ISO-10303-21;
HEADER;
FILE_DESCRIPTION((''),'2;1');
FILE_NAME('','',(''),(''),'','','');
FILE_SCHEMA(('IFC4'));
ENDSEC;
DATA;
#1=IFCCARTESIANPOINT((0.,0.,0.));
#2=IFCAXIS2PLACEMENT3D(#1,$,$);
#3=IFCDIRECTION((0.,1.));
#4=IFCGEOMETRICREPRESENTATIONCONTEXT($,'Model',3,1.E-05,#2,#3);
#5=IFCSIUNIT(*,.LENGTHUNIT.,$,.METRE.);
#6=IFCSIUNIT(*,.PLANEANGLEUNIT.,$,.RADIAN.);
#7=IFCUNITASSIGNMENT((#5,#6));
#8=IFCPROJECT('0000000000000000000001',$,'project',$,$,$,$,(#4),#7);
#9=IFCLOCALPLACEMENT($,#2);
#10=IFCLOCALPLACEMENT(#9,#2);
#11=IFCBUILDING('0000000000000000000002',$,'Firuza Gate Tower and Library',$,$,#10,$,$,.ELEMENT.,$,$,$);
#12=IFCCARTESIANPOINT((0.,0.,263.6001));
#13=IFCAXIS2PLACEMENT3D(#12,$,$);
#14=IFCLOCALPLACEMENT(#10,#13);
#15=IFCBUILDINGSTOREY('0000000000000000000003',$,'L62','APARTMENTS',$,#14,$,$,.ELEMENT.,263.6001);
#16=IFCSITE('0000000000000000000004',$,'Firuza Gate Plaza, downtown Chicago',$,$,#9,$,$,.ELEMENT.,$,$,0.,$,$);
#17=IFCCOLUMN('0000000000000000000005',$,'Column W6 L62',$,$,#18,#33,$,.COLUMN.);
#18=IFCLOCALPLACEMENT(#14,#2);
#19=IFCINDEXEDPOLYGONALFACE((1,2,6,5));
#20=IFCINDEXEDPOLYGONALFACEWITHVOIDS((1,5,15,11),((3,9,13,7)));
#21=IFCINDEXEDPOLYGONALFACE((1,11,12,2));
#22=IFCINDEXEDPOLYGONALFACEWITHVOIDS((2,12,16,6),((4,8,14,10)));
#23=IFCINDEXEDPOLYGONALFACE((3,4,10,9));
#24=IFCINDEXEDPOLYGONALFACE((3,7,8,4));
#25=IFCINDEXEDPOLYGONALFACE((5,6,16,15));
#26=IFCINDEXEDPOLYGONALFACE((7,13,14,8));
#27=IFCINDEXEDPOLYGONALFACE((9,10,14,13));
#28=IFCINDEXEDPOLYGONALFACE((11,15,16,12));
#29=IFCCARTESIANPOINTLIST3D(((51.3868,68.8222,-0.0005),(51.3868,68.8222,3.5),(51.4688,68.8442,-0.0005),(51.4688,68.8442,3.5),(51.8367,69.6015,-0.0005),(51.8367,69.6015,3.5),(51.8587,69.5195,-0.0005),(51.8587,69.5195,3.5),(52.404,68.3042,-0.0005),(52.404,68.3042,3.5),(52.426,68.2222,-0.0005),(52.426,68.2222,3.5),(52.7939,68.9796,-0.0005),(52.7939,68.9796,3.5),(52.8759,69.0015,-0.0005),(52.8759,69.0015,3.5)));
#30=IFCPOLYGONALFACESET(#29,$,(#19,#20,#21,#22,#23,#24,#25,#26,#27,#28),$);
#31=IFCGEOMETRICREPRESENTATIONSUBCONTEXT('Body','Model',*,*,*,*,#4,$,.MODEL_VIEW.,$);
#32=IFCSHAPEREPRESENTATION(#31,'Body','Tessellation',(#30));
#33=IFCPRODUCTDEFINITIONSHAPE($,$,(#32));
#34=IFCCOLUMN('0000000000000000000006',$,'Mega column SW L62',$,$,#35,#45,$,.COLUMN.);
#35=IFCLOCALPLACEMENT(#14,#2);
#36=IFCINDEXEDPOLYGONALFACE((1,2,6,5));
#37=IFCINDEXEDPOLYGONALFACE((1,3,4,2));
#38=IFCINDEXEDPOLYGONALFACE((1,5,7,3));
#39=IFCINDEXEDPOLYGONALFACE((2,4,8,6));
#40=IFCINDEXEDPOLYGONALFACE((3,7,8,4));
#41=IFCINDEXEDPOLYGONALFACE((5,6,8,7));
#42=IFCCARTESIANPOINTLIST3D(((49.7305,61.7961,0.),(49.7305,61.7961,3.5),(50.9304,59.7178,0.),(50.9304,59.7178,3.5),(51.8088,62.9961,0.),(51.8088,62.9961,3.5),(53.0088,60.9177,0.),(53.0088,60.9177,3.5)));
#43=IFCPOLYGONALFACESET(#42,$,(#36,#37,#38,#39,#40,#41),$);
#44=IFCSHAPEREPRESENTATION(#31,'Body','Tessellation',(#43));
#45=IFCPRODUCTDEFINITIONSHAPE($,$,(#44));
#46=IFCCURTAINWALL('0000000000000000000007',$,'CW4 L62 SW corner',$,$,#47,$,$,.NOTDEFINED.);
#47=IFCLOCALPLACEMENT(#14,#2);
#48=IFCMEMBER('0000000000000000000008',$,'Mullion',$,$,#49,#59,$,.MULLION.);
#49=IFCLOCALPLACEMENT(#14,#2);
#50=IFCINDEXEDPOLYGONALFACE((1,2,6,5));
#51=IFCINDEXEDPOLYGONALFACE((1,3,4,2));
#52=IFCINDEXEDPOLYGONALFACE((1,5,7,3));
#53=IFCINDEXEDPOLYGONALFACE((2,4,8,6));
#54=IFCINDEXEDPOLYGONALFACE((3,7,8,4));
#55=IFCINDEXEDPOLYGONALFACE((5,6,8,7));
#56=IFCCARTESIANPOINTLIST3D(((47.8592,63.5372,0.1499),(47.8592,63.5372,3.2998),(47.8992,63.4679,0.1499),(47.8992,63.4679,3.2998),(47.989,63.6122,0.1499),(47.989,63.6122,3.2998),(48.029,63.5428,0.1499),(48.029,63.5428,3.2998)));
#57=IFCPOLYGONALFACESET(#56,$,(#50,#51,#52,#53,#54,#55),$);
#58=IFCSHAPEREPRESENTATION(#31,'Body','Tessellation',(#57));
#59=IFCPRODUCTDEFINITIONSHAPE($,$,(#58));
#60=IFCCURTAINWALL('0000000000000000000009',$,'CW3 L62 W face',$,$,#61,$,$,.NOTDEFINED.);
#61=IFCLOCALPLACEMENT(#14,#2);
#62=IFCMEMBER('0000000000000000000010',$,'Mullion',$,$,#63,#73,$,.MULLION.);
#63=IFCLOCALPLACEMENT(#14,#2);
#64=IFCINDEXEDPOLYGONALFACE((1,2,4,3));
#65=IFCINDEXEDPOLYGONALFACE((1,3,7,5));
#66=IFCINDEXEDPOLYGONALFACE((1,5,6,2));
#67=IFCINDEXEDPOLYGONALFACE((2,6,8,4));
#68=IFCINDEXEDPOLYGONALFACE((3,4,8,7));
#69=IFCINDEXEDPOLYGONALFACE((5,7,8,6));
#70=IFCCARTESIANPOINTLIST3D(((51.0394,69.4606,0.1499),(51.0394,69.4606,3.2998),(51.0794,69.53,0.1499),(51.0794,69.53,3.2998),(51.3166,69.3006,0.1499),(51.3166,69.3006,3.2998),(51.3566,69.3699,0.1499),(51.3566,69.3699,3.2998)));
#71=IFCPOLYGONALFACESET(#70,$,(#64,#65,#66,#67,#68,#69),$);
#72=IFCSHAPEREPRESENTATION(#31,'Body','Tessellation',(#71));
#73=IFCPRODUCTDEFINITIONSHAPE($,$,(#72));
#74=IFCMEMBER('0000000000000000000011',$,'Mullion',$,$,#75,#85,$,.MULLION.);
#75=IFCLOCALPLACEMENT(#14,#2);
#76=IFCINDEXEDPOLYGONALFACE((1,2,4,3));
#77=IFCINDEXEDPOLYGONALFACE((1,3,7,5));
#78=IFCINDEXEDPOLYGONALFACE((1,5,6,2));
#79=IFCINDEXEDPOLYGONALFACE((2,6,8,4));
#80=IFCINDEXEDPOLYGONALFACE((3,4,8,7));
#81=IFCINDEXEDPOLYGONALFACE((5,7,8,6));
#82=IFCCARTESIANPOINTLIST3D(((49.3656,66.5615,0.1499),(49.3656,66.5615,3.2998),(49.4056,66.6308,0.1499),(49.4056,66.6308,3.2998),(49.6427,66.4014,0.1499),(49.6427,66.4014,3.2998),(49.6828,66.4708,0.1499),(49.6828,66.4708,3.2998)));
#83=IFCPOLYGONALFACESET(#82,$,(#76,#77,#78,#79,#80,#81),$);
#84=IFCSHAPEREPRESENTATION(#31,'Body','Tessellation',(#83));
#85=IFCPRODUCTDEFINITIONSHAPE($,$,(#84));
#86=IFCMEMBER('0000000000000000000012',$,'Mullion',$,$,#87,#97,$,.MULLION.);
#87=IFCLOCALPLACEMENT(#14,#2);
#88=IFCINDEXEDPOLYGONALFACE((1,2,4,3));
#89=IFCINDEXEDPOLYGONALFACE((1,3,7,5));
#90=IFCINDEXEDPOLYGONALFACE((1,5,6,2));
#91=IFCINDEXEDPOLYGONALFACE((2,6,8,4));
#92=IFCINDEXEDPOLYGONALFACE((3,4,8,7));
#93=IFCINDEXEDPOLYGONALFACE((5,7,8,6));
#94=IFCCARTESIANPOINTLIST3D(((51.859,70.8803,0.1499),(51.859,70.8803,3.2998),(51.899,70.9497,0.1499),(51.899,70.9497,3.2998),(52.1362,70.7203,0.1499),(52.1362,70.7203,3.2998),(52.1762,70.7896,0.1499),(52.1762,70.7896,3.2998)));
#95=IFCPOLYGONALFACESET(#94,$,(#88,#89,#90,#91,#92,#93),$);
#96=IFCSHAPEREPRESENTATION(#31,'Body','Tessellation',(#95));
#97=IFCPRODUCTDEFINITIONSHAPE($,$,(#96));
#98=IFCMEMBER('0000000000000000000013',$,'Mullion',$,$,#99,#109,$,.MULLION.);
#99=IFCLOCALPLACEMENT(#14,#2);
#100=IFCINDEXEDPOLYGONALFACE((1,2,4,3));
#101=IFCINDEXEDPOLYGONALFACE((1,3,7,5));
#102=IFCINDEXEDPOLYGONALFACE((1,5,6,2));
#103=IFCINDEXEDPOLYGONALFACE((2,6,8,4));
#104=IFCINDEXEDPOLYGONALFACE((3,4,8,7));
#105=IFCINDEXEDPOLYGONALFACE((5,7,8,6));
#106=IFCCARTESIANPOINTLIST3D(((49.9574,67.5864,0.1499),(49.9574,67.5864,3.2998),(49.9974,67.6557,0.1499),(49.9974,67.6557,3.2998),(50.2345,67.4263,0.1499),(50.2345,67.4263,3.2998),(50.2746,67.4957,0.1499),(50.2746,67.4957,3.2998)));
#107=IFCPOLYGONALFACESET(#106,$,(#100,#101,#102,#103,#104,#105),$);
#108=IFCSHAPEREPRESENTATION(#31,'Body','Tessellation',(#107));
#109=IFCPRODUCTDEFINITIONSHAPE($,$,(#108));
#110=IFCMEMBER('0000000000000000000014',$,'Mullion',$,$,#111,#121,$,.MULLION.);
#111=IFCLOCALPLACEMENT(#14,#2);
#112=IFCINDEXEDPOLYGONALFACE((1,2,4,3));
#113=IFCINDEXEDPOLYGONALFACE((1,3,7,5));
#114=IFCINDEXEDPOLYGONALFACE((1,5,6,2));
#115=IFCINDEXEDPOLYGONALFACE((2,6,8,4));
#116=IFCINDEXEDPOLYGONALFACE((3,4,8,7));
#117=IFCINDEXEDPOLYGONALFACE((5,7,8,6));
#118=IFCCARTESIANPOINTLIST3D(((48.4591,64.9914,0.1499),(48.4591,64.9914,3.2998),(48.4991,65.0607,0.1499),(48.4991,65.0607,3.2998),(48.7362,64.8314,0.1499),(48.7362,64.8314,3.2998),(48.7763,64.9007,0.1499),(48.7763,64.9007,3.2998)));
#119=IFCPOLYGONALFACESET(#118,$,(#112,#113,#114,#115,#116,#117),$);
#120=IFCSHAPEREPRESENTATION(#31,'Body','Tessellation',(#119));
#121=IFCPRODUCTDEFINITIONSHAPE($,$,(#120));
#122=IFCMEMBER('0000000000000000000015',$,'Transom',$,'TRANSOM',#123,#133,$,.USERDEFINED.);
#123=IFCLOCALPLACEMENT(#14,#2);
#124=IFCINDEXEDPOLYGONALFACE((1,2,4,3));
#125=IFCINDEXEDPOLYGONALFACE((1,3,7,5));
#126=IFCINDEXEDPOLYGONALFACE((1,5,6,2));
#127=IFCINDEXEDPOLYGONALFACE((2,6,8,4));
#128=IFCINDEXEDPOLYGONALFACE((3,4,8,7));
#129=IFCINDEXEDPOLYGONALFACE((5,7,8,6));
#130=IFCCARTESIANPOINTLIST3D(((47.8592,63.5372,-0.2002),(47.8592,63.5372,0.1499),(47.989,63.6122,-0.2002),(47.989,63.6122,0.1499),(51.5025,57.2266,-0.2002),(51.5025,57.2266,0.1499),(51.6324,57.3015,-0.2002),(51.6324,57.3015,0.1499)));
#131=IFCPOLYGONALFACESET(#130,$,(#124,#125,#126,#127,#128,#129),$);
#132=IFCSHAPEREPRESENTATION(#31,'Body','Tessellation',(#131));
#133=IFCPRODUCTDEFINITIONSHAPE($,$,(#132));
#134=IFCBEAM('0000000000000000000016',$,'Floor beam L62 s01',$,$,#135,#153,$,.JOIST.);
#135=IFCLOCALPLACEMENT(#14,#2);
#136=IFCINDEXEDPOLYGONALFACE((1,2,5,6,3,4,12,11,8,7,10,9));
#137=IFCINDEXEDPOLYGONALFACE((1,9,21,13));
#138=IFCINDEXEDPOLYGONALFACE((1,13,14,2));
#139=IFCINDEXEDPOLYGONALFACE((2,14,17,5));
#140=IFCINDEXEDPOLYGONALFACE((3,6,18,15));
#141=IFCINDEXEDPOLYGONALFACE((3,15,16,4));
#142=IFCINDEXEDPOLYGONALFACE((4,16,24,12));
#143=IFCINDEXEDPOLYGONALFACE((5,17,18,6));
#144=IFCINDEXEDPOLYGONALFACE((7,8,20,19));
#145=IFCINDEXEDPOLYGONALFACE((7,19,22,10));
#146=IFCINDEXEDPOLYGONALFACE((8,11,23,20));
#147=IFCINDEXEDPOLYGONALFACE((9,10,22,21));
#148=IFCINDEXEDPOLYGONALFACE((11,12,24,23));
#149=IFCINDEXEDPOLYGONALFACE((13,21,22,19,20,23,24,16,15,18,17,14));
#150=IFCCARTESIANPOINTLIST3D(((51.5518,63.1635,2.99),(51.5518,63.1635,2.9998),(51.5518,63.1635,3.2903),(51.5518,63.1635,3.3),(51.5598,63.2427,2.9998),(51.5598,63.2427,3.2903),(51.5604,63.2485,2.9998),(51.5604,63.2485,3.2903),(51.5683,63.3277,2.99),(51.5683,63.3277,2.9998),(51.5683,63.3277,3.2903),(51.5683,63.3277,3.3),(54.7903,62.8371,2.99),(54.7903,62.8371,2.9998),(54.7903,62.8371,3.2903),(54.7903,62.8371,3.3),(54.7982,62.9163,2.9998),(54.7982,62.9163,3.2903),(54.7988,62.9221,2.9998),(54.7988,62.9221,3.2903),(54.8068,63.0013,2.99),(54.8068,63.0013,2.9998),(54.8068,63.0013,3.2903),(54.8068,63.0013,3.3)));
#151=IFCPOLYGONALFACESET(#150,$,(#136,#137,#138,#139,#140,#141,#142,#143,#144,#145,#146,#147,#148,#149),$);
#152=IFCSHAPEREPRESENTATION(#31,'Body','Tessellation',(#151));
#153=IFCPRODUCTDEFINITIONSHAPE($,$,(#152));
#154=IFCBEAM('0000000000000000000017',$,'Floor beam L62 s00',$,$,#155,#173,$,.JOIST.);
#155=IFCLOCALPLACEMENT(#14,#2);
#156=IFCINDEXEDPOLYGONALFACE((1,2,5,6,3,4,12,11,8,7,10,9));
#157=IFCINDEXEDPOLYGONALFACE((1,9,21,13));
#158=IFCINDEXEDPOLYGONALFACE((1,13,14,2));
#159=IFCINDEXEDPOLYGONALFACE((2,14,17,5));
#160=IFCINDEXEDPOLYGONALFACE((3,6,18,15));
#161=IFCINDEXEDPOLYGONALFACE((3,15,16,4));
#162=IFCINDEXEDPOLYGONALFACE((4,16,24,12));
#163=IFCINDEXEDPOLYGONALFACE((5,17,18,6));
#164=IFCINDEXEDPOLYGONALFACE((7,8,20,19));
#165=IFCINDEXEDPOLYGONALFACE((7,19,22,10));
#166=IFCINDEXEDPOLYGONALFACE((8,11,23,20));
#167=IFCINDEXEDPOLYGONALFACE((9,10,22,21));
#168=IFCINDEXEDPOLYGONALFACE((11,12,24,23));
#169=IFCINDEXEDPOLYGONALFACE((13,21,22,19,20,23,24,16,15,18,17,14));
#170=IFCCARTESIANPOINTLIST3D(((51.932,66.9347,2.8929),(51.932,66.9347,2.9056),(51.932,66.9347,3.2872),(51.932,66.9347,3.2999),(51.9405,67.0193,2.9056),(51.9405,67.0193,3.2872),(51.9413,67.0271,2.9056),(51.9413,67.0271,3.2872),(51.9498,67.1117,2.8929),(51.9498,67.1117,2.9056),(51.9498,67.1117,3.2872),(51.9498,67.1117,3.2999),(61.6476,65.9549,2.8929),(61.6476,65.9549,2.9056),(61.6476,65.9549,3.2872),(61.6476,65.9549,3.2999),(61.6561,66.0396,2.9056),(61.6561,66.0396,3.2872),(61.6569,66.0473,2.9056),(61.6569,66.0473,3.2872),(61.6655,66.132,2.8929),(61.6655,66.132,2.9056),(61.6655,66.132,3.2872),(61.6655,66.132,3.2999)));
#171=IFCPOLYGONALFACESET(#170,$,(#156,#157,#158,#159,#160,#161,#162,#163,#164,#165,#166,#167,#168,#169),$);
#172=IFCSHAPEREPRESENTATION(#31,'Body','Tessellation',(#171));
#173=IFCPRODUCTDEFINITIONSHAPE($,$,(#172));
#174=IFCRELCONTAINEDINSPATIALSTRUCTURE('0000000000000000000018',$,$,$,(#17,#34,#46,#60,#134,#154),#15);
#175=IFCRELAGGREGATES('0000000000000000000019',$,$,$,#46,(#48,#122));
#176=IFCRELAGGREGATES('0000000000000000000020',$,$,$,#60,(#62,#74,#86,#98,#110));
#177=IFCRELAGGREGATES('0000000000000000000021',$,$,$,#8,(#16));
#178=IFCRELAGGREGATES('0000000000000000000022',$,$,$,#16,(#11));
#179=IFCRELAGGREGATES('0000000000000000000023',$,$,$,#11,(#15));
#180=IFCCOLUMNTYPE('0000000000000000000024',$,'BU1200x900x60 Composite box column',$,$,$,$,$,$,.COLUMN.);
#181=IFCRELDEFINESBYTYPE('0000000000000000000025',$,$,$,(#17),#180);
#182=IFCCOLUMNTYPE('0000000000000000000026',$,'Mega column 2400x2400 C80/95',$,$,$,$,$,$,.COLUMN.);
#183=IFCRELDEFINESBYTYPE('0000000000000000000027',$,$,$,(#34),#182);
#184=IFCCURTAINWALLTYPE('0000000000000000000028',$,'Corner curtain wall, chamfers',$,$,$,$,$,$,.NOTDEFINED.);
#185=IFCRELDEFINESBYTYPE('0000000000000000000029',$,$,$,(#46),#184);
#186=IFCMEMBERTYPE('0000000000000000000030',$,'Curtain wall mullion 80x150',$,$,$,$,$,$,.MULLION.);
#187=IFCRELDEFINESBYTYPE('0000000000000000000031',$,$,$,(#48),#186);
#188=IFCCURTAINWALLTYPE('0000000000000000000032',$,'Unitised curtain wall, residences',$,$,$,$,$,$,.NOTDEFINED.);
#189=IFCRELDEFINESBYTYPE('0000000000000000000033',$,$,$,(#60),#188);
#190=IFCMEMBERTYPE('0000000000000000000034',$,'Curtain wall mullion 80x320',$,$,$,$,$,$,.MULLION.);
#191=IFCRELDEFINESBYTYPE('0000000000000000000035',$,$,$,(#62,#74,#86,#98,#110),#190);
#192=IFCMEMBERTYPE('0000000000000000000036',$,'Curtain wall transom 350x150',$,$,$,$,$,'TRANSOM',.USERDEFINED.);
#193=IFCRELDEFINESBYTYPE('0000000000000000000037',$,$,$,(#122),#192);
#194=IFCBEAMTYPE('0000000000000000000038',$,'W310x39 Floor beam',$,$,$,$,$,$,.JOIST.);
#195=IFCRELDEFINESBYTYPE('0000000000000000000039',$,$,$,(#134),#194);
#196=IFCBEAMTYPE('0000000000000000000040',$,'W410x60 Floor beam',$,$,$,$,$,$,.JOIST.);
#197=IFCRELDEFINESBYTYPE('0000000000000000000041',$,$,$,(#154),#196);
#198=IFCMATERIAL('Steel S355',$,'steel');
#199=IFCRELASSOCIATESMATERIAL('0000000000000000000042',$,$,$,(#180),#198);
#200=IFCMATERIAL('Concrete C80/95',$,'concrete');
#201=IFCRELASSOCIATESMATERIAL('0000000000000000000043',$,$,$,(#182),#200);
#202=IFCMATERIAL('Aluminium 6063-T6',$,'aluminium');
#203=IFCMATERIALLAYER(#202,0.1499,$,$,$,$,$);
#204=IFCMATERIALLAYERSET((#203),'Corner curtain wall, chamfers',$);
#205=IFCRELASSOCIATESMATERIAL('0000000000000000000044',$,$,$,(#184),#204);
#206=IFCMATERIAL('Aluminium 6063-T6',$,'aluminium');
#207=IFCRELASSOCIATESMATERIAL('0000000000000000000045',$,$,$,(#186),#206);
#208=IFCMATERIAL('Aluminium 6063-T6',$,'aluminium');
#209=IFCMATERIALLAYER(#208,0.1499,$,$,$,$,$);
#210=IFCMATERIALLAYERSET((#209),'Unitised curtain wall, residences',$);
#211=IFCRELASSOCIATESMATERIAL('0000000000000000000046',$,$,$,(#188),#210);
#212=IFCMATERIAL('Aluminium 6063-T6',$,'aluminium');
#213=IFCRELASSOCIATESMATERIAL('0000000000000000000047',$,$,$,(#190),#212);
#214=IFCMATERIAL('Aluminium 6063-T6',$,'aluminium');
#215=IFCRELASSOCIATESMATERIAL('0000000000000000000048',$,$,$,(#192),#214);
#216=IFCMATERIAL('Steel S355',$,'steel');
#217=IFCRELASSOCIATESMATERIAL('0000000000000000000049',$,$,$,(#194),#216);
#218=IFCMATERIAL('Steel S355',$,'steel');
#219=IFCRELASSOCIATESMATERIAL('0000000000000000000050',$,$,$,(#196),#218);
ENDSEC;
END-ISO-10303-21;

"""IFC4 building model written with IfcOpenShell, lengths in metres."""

from ifc_helpers import new_model, si_unit, direction, frame, origin, origin_2d, place, context, subcontext, project, spatial, rectangle, hollow_rectangle, i_section, extrude, material, layer, layer_set, material_profile, profile_set, type_object, element, aggregate, save


model = new_model("IFC4")

# Units and contexts
model_context = context("Model", 3, precision=1e-05, world=origin(), true_north=direction((0.0, 1.0)))
body_context = subcontext(model_context, "Body", "Model", "MODEL_VIEW")
ifc_project = project(units=[si_unit("LENGTHUNIT", "METRE"), si_unit("PLANEANGLEUNIT", "RADIAN")], contexts=[model_context])

# Site, building, storey
site_placement = place(None, origin())
site = spatial("IfcSite", under=ifc_project, at=site_placement, Name="Firuza Gate Plaza, downtown Chicago", CompositionType="ELEMENT", RefElevation=0.0)
building_placement = place(site_placement, origin())
building = spatial("IfcBuilding", under=site, at=building_placement, Name="Firuza Gate Tower and Library", CompositionType="ELEMENT")
storey_placement = place(building_placement, frame((0.0, 0.0, 263.6001)))
storey = spatial("IfcBuildingStorey", under=building, at=storey_placement, Name="L62", Description="APARTMENTS", CompositionType="ELEMENT", Elevation=263.6001)

# Columns
ifc_material_1 = material(Name="Steel S355", Category="steel")
ifc_material_profile_1 = material_profile(ifc_material_1, hollow_rectangle(XDim=0.8999, YDim=1.2, WallThickness=0.0601, at=origin_2d()))
ifc_profile_set_1 = profile_set([ifc_material_profile_1], Name="Steel S355")
column_type_1 = type_object("IfcColumnType", Name="BU1200x900x60 Composite box column", PredefinedType="COLUMN", material=ifc_profile_set_1)
column_1_placement = place(storey_placement, frame((52.1313, 68.9119, -0.0005), z_axis=(0.0, 0.0, 1.0), x_axis=(-0.5, -0.866025, 0.0)))
element("IfcColumn", 1, at=column_1_placement, inside=storey, type_object=column_type_1, Name="Column W6 L62", PredefinedType="COLUMN", context=body_context, shape_type="SweptSolid", body=[
    extrude(hollow_rectangle(XDim=0.8999, YDim=1.2, WallThickness=0.0601, at=origin_2d()), origin(), (0.0, 0.0, 1.0), 3.5005),
])
ifc_material_2 = material(Name="Concrete C80/95", Category="concrete")
ifc_material_profile_2 = material_profile(ifc_material_2, rectangle(XDim=2.3999, YDim=2.3999, at=origin_2d()))
ifc_profile_set_2 = profile_set([ifc_material_profile_2], Name="Concrete C80/95")
column_type_2 = type_object("IfcColumnType", Name="Mega column 2400x2400 C80/95", PredefinedType="COLUMN", material=ifc_profile_set_2)
column_2_placement = place(storey_placement, frame((51.3696, 61.3569, 0.0), z_axis=(0.0, 0.0, 1.0), x_axis=(0.5, -0.866025, 0.0)))
element("IfcColumn", 2, at=column_2_placement, inside=storey, type_object=column_type_2, Name="Mega column SW L62", PredefinedType="COLUMN", context=body_context, shape_type="SweptSolid", body=[
    extrude(rectangle(XDim=2.3999, YDim=2.3999, at=origin_2d()), origin(), (0.0, 0.0, 1.0), 3.5),
])

# Curtain wall, member
ifc_material_3 = material(Name="Aluminium 6063-T6", Category="aluminium")
ifc_layer_1 = layer(ifc_material_3, 0.1499)
ifc_layer_set_1 = layer_set([ifc_layer_1], Name="Corner curtain wall, chamfers")
curtain_wall_type_1 = type_object("IfcCurtainWallType", Name="Corner curtain wall, chamfers", PredefinedType="NOTDEFINED", material=ifc_layer_set_1)
placement = place(storey_placement, origin())
curtain_wall_1 = element("IfcCurtainWall", 3, at=placement, inside=storey, type_object=curtain_wall_type_1, Name="CW4 L62 SW corner", PredefinedType="NOTDEFINED")
ifc_material_4 = material(Name="Aluminium 6063-T6", Category="aluminium")
ifc_material_profile_3 = material_profile(ifc_material_4, rectangle(XDim=0.1499, YDim=0.0801, at=origin_2d()))
ifc_profile_set_3 = profile_set([ifc_material_profile_3], Name="Aluminium 6063-T6")
member_type_1 = type_object("IfcMemberType", Name="Curtain wall mullion 80x150", PredefinedType="MULLION", material=ifc_profile_set_3)
member_1_placement = place(storey_placement, frame((47.9441, 63.54, 0.1499), z_axis=(0.0, 0.0, 1.0), x_axis=(0.866025, 0.5, 0.0)))
member_1 = element("IfcMember", 4, at=member_1_placement, type_object=member_type_1, Name="Mullion", PredefinedType="MULLION", context=body_context, shape_type="SweptSolid", body=[
    extrude(rectangle(XDim=0.1499, YDim=0.0801, at=origin_2d()), origin(), (0.0, 0.0, 1.0), 3.1499),
])

# Curtain wall, members
ifc_material_5 = material(Name="Aluminium 6063-T6", Category="aluminium")
ifc_layer_2 = layer(ifc_material_5, 0.1499)
ifc_layer_set_2 = layer_set([ifc_layer_2], Name="Unitised curtain wall, residences")
curtain_wall_type_2 = type_object("IfcCurtainWallType", Name="Unitised curtain wall, residences", PredefinedType="NOTDEFINED", material=ifc_layer_set_2)
curtain_wall_2 = element("IfcCurtainWall", 5, at=placement, inside=storey, type_object=curtain_wall_type_2, Name="CW3 L62 W face", PredefinedType="NOTDEFINED")
ifc_material_6 = material(Name="Aluminium 6063-T6", Category="aluminium")
ifc_material_profile_4 = material_profile(ifc_material_6, rectangle(XDim=0.3201, YDim=0.0801, at=origin_2d()))
ifc_profile_set_4 = profile_set([ifc_material_profile_4], Name="Aluminium 6063-T6")
member_type_2 = type_object("IfcMemberType", Name="Curtain wall mullion 80x320", PredefinedType="MULLION", material=ifc_profile_set_4)
member_2_placement = place(storey_placement, frame((51.198, 69.4153, 0.1499), z_axis=(0.0, 0.0, 1.0), x_axis=(0.866025, -0.5, 0.0)))
member_2 = element("IfcMember", 6, at=member_2_placement, type_object=member_type_2, Name="Mullion", PredefinedType="MULLION", context=body_context, shape_type="SweptSolid", body=[
    extrude(rectangle(XDim=0.3201, YDim=0.0801, at=origin_2d()), origin(), (0.0, 0.0, 1.0), 3.1499),
])
member_3_placement = place(storey_placement, frame((49.5242, 66.5161, 0.1499), z_axis=(0.0, 0.0, 1.0), x_axis=(0.866025, -0.5, 0.0)))
member_3 = element("IfcMember", 7, at=member_3_placement, type_object=member_type_2, Name="Mullion", PredefinedType="MULLION", context=body_context, shape_type="SweptSolid", body=[
    extrude(rectangle(XDim=0.3201, YDim=0.0801, at=origin_2d()), origin(), (0.0, 0.0, 1.0), 3.1499),
])
member_4_placement = place(storey_placement, frame((52.0176, 70.835, 0.1499), z_axis=(0.0, 0.0, 1.0), x_axis=(0.866025, -0.5, 0.0)))
member_4 = element("IfcMember", 8, at=member_4_placement, type_object=member_type_2, Name="Mullion", PredefinedType="MULLION", context=body_context, shape_type="SweptSolid", body=[
    extrude(rectangle(XDim=0.3201, YDim=0.0801, at=origin_2d()), origin(), (0.0, 0.0, 1.0), 3.1499),
])
member_5_placement = place(storey_placement, frame((50.116, 67.541, 0.1499), z_axis=(0.0, 0.0, 1.0), x_axis=(0.866025, -0.5, 0.0)))
member_5 = element("IfcMember", 9, at=member_5_placement, type_object=member_type_2, Name="Mullion", PredefinedType="MULLION", context=body_context, shape_type="SweptSolid", body=[
    extrude(rectangle(XDim=0.3201, YDim=0.0801, at=origin_2d()), origin(), (0.0, 0.0, 1.0), 3.1499),
])
member_6_placement = place(storey_placement, frame((48.6177, 64.946, 0.1499), z_axis=(0.0, 0.0, 1.0), x_axis=(0.866025, -0.5, 0.0)))
member_6 = element("IfcMember", 10, at=member_6_placement, type_object=member_type_2, Name="Mullion", PredefinedType="MULLION", context=body_context, shape_type="SweptSolid", body=[
    extrude(rectangle(XDim=0.3201, YDim=0.0801, at=origin_2d()), origin(), (0.0, 0.0, 1.0), 3.1499),
])

# Member
ifc_material_7 = material(Name="Aluminium 6063-T6", Category="aluminium")
ifc_material_profile_5 = material_profile(ifc_material_7, rectangle(XDim=0.1499, YDim=0.3501, at=origin_2d()))
ifc_profile_set_5 = profile_set([ifc_material_profile_5], Name="Aluminium 6063-T6")
member_type_3 = type_object("IfcMemberType", Name="Curtain wall transom 350x150", ElementType="TRANSOM", PredefinedType="USERDEFINED", material=ifc_profile_set_5)
member_7_placement = place(storey_placement, frame((47.9241, 63.5747, -0.0251), z_axis=(0.499991, -0.86603, 0.0), x_axis=(0.86603, 0.499991, 0.0)))
member_7 = element("IfcMember", 11, at=member_7_placement, type_object=member_type_3, Name="Transom", ObjectType="TRANSOM", PredefinedType="USERDEFINED", context=body_context, shape_type="SweptSolid", body=[
    extrude(rectangle(XDim=0.1499, YDim=0.3501, at=origin_2d()), origin(), (0.0, 0.0, 1.0), 7.2869),
])

# Beams
ifc_material_8 = material(Name="Steel S355", Category="steel")
ifc_material_profile_6 = material_profile(ifc_material_8, i_section(OverallWidth=0.165, OverallDepth=0.3101, WebThickness=0.0059, FlangeThickness=0.0098, at=origin_2d()))
ifc_profile_set_6 = profile_set([ifc_material_profile_6], Name="Steel S355")
beam_type_1 = type_object("IfcBeamType", Name="W310x39 Floor beam", PredefinedType="JOIST", material=ifc_profile_set_6)
beam_1_placement = place(storey_placement, frame((51.5601, 63.2456, 3.145), z_axis=(0.994959, -0.100283, 0.0), x_axis=(0.100283, 0.994959, 0.0)))
element("IfcBeam", 12, at=beam_1_placement, inside=storey, type_object=beam_type_1, Name="Floor beam L62 s01", PredefinedType="JOIST", context=body_context, shape_type="SweptSolid", body=[
    extrude(i_section(OverallWidth=0.165, OverallDepth=0.3101, WebThickness=0.0059, FlangeThickness=0.0098, at=origin_2d()), origin(), (0.0, 0.0, 1.0), 3.2549),
])
ifc_material_9 = material(Name="Steel S355", Category="steel")
ifc_material_profile_7 = material_profile(ifc_material_9, i_section(OverallWidth=0.178, OverallDepth=0.407, WebThickness=0.0078, FlangeThickness=0.0127, at=origin_2d()))
ifc_profile_set_7 = profile_set([ifc_material_profile_7], Name="Steel S355")
beam_type_2 = type_object("IfcBeamType", Name="W410x60 Floor beam", PredefinedType="JOIST", material=ifc_profile_set_7)
beam_2_placement = place(storey_placement, frame((51.9409, 67.0232, 3.0964), z_axis=(0.994954, -0.100333, 0.0), x_axis=(0.100333, 0.994954, 0.0)))
element("IfcBeam", 13, at=beam_2_placement, inside=storey, type_object=beam_type_2, Name="Floor beam L62 s00", PredefinedType="JOIST", context=body_context, shape_type="SweptSolid", body=[
    extrude(i_section(OverallWidth=0.178, OverallDepth=0.407, WebThickness=0.0078, FlangeThickness=0.0127, at=origin_2d()), origin(), (0.0, 0.0, 1.0), 9.7649),
])

aggregate(curtain_wall_1, [member_1, member_7])
aggregate(curtain_wall_2, [member_2, member_3, member_4, member_5, member_6])

save(model, "model.ifc")
